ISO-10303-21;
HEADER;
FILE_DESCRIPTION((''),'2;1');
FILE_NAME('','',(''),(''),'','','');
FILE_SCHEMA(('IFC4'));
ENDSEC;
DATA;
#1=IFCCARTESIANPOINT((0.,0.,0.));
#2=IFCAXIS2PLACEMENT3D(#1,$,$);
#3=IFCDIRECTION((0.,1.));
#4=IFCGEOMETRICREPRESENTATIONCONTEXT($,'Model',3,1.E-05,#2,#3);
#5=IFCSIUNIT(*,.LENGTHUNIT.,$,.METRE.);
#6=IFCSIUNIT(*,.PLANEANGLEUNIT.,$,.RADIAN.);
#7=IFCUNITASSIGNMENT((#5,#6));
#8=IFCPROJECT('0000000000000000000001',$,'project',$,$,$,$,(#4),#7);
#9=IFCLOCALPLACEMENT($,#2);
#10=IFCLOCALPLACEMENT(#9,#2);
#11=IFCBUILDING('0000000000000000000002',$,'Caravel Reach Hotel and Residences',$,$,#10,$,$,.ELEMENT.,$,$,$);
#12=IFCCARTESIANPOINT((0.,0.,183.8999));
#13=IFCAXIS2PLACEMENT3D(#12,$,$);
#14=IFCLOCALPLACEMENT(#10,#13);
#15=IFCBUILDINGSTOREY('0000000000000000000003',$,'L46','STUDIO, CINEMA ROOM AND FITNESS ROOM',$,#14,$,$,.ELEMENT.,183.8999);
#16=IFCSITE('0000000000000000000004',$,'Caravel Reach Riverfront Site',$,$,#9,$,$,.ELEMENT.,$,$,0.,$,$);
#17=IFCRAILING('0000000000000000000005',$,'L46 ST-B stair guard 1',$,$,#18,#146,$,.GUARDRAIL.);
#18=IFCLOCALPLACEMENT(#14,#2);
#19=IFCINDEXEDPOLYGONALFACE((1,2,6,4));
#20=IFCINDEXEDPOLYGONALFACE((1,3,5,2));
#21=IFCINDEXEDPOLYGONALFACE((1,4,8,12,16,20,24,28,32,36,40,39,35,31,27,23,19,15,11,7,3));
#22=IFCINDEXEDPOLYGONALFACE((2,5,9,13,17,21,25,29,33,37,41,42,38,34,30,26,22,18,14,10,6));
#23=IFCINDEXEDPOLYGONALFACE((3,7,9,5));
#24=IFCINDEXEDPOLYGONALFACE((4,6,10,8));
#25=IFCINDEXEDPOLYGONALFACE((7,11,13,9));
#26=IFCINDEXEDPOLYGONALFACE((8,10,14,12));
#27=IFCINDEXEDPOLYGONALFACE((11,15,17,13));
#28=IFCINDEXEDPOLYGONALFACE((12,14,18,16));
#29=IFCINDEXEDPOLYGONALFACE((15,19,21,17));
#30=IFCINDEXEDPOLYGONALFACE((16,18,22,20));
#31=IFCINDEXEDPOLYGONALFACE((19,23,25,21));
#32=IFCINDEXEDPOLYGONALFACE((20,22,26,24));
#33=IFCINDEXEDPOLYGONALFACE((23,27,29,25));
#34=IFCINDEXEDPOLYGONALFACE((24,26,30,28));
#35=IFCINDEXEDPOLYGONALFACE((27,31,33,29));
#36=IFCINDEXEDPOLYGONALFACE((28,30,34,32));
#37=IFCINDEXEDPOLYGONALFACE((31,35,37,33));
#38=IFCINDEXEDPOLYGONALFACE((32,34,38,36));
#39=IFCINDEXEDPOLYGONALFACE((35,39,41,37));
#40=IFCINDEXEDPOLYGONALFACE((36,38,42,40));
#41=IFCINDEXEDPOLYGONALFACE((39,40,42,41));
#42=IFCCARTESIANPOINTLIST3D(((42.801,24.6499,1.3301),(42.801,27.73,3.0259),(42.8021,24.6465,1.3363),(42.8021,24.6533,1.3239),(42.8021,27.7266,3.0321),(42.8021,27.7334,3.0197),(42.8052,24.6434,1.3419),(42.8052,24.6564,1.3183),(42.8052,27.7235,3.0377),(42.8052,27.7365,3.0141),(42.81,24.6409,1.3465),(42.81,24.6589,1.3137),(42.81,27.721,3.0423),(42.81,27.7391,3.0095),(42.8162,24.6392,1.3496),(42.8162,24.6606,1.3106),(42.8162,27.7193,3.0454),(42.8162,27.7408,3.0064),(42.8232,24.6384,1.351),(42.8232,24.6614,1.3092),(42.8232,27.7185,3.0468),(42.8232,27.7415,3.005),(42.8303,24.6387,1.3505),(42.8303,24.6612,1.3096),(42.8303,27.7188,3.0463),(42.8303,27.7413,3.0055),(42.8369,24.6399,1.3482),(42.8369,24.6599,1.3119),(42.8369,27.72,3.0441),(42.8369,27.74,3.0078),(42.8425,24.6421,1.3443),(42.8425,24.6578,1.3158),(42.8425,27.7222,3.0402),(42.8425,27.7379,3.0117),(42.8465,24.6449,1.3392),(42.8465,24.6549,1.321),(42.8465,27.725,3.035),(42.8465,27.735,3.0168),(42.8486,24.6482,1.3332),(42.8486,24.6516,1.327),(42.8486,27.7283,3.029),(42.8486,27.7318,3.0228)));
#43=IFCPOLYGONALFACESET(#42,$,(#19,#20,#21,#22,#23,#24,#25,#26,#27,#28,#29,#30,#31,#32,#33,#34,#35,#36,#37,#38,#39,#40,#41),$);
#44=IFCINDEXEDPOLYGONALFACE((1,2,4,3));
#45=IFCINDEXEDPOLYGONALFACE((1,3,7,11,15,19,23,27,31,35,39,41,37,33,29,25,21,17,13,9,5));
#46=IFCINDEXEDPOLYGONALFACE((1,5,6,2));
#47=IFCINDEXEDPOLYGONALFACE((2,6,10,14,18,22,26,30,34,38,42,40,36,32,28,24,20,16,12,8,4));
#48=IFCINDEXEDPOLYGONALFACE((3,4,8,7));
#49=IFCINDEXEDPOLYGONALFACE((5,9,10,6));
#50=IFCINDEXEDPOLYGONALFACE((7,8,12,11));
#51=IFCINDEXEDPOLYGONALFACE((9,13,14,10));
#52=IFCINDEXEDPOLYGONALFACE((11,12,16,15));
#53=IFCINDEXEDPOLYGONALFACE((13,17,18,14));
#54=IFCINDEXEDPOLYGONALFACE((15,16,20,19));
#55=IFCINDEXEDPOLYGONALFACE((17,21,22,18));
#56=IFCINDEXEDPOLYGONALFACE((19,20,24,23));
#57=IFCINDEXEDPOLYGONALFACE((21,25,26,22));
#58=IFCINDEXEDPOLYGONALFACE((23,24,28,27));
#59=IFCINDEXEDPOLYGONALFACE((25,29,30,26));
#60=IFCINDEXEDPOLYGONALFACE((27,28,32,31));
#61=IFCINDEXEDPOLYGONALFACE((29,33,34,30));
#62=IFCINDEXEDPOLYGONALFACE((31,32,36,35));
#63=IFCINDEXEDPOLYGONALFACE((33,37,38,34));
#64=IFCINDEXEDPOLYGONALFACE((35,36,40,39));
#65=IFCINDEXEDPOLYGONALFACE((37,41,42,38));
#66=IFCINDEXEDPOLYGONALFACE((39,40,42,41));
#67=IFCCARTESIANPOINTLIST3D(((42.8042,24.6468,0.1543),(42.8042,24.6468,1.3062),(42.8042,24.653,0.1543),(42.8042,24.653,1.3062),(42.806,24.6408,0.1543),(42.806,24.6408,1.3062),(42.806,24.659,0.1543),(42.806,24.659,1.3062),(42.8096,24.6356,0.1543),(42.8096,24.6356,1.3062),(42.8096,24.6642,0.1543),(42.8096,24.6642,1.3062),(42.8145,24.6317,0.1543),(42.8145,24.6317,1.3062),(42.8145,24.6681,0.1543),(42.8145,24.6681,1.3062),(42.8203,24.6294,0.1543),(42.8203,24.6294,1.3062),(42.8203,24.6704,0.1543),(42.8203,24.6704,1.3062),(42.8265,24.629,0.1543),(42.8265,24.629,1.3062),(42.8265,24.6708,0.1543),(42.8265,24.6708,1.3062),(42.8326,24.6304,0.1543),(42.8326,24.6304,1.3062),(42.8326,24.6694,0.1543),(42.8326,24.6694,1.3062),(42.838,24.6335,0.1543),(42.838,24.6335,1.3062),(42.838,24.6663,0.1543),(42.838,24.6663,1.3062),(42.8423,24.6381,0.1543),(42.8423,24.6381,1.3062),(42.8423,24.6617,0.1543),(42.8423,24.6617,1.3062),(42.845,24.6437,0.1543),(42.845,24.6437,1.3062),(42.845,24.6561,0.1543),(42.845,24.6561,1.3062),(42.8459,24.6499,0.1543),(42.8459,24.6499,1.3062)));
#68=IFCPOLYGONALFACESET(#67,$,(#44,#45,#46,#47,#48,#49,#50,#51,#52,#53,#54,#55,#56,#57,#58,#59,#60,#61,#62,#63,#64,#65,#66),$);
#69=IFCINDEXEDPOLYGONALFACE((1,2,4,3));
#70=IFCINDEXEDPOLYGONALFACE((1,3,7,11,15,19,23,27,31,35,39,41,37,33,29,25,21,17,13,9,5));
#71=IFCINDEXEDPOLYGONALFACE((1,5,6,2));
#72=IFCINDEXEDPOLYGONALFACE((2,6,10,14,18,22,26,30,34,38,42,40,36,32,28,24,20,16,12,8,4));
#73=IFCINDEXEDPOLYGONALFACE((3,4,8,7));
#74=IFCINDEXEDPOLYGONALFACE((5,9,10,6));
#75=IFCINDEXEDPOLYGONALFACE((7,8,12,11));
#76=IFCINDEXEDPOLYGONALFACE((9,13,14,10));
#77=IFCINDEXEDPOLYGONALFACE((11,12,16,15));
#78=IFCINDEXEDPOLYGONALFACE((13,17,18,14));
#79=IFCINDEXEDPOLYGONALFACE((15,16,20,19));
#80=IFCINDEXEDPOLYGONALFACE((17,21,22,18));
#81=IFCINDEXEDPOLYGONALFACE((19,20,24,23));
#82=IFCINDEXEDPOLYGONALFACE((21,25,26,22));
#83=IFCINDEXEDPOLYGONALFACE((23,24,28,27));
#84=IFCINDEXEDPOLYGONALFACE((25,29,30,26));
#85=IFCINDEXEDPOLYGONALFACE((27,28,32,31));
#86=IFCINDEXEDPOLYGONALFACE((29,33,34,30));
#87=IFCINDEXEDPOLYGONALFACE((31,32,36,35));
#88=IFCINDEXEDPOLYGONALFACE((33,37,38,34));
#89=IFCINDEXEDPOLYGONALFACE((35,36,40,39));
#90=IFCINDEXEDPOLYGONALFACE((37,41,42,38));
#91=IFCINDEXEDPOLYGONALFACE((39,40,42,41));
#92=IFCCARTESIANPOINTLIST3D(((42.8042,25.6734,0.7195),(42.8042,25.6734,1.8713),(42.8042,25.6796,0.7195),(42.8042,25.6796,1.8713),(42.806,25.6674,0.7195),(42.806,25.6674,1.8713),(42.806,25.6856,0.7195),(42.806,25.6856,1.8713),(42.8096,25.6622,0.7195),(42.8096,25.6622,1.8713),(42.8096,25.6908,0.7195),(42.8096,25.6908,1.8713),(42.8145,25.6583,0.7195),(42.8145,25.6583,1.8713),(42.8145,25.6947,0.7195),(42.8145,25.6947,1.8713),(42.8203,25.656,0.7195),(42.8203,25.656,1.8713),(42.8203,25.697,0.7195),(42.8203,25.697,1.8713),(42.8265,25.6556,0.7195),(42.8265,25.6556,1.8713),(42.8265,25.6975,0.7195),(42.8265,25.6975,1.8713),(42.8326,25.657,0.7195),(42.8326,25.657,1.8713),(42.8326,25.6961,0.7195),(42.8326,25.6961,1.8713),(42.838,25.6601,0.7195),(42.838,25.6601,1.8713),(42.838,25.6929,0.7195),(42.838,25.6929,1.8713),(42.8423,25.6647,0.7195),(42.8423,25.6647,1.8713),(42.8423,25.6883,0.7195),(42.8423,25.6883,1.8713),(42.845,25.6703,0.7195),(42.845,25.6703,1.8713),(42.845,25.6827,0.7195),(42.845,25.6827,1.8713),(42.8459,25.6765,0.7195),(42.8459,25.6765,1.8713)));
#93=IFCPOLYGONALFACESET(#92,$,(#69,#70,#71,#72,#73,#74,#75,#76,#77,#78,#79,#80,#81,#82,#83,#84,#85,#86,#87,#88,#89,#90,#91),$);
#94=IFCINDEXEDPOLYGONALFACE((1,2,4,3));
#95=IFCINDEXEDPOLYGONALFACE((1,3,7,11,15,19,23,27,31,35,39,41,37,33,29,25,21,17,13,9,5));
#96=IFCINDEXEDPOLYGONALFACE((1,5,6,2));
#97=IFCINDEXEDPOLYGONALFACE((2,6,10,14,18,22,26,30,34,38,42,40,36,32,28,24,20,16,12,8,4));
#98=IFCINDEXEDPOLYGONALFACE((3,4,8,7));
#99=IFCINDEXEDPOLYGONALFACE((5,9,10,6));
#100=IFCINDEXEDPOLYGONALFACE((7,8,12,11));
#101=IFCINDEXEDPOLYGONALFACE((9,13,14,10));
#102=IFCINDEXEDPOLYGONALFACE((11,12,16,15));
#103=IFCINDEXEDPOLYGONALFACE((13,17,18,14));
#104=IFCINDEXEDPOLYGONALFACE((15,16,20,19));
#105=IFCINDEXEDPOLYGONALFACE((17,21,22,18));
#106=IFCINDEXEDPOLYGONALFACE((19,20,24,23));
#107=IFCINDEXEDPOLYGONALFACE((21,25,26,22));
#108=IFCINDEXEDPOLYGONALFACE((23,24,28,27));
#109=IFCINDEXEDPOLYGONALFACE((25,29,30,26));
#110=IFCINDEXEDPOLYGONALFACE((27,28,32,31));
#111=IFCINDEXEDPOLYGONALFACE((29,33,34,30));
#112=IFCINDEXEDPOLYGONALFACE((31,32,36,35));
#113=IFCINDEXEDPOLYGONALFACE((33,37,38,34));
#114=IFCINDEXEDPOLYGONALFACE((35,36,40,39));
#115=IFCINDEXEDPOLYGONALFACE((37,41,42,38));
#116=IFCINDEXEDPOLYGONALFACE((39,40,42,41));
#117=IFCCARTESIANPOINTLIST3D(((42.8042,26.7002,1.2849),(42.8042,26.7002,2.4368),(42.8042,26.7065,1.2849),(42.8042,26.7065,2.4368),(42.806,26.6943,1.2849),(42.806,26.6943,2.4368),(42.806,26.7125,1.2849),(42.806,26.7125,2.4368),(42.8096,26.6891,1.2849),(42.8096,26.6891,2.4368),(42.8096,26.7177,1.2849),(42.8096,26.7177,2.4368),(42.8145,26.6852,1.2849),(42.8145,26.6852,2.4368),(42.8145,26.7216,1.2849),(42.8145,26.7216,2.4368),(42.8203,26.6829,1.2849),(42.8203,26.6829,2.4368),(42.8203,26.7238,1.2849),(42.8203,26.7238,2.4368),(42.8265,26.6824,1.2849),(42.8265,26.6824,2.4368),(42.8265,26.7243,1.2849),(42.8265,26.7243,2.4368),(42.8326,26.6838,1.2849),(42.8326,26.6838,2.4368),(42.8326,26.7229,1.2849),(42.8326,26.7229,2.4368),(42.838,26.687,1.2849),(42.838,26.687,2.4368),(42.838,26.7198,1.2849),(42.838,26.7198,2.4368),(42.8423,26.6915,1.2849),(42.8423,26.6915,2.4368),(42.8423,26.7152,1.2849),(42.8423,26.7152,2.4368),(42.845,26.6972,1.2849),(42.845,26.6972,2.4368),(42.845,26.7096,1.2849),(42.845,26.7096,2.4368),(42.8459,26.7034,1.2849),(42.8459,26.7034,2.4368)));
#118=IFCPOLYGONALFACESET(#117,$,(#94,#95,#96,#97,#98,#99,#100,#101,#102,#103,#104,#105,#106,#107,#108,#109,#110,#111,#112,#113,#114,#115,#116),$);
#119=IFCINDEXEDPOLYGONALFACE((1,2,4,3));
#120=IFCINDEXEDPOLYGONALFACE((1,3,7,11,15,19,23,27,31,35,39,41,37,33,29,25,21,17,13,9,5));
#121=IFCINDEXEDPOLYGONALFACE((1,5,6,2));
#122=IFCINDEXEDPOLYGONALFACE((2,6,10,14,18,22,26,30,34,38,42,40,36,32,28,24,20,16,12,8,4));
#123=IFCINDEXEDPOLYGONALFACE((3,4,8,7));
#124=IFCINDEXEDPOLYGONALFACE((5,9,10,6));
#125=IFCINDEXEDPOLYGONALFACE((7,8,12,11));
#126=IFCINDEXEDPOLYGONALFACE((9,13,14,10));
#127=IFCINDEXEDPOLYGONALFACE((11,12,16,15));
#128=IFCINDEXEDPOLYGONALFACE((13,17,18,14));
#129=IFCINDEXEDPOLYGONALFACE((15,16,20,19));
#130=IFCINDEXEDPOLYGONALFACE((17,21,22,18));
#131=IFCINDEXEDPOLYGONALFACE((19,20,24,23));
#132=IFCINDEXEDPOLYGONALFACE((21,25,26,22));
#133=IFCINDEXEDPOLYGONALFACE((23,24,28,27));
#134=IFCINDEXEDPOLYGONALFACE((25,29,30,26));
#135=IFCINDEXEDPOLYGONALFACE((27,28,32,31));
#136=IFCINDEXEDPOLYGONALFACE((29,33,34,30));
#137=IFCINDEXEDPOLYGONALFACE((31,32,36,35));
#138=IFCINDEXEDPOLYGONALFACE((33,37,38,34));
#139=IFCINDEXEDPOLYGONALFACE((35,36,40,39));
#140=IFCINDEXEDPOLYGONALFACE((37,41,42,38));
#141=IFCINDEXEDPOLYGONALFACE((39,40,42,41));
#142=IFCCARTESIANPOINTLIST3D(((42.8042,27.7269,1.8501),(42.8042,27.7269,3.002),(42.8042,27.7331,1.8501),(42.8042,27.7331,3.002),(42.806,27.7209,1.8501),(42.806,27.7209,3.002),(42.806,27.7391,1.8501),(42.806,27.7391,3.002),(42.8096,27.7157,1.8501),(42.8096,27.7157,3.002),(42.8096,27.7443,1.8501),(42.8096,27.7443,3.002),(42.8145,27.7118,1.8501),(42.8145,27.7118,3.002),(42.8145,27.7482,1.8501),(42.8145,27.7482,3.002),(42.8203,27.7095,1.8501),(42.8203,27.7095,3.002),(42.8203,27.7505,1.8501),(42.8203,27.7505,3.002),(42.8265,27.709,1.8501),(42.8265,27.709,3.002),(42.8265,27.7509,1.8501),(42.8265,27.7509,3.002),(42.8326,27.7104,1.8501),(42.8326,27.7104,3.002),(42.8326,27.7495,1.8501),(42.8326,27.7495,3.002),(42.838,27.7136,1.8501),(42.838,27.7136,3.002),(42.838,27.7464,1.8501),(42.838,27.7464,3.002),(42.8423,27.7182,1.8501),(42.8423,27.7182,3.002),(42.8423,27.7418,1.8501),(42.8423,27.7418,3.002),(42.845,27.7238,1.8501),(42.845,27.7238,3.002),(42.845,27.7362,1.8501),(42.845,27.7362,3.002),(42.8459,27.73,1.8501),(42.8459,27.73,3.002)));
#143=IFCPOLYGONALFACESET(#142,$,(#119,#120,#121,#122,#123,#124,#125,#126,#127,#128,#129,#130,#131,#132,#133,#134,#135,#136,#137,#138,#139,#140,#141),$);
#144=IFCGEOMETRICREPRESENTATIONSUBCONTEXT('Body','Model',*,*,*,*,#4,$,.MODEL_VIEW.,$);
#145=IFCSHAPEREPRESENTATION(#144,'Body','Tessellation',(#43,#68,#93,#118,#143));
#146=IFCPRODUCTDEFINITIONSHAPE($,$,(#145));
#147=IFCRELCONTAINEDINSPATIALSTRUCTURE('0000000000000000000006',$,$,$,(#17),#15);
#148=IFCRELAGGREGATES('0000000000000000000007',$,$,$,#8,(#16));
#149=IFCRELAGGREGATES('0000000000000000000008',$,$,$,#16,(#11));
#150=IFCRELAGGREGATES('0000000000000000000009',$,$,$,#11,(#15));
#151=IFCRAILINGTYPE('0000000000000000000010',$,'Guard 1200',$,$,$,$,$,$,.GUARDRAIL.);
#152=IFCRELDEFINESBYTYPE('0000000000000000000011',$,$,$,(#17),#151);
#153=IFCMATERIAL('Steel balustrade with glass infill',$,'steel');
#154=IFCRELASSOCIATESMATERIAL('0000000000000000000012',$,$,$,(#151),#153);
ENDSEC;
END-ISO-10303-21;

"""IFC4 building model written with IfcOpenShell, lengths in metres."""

from ifc_helpers import new_model, si_unit, direction, frame, origin, origin_2d, place, context, subcontext, project, spatial, circle, extrude, material, type_object, element, save


model = new_model("IFC4")

# Units and contexts
model_context = context("Model", 3, precision=1e-05, world=origin(), true_north=direction((0.0, 1.0)))
body_context = subcontext(model_context, "Body", "Model", "MODEL_VIEW")
ifc_project = project(units=[si_unit("LENGTHUNIT", "METRE"), si_unit("PLANEANGLEUNIT", "RADIAN")], contexts=[model_context])

# Site, building, storey
site_placement = place(None, origin())
site = spatial("IfcSite", under=ifc_project, at=site_placement, Name="Caravel Reach Riverfront Site", CompositionType="ELEMENT", RefElevation=0.0)
building_placement = place(site_placement, origin())
building = spatial("IfcBuilding", under=site, at=building_placement, Name="Caravel Reach Hotel and Residences", CompositionType="ELEMENT")
storey_placement = place(building_placement, frame((0.0, 0.0, 183.8999)))
storey = spatial("IfcBuildingStorey", under=building, at=storey_placement, Name="L46", Description="STUDIO, CINEMA ROOM AND FITNESS ROOM", CompositionType="ELEMENT", Elevation=183.8999)

# Railing
ifc_material_1 = material(Name="Steel balustrade with glass infill", Category="steel")
railing_type_1 = type_object("IfcRailingType", Name="Guard 1200", PredefinedType="GUARDRAIL", material=ifc_material_1)
railing_1_placement = place(storey_placement, frame((42.825, 24.6499, 0.1543)))
element("IfcRailing", 1, at=railing_1_placement, inside=storey, type_object=railing_type_1, Name="L46 ST-B stair guard 1", PredefinedType="GUARDRAIL", context=body_context, shape_type="SweptSolid", body=[
    extrude(circle(Radius=0.0239, at=origin_2d()), frame((0.0, 0.0, 1.1758), z_axis=(0.0, 0.876005, 0.482303), x_axis=(-1.0, 0.0, 0.0)), (0.0, 0.0, 1.0), 3.5161),
    extrude(circle(Radius=0.021, at=origin_2d()), origin(), (0.0, 0.0, 1.0), 1.1519),
    extrude(circle(Radius=0.021, at=origin_2d()), frame((0.0, 1.0266, 0.5652)), (0.0, 0.0, 1.0), 1.1519),
    extrude(circle(Radius=0.021, at=origin_2d()), frame((0.0, 2.0535, 1.1306)), (0.0, 0.0, 1.0), 1.1519),
    extrude(circle(Radius=0.021, at=origin_2d()), frame((0.0, 3.0801, 1.6958)), (0.0, 0.0, 1.0), 1.1519),
])

save(model, "model.ifc")
